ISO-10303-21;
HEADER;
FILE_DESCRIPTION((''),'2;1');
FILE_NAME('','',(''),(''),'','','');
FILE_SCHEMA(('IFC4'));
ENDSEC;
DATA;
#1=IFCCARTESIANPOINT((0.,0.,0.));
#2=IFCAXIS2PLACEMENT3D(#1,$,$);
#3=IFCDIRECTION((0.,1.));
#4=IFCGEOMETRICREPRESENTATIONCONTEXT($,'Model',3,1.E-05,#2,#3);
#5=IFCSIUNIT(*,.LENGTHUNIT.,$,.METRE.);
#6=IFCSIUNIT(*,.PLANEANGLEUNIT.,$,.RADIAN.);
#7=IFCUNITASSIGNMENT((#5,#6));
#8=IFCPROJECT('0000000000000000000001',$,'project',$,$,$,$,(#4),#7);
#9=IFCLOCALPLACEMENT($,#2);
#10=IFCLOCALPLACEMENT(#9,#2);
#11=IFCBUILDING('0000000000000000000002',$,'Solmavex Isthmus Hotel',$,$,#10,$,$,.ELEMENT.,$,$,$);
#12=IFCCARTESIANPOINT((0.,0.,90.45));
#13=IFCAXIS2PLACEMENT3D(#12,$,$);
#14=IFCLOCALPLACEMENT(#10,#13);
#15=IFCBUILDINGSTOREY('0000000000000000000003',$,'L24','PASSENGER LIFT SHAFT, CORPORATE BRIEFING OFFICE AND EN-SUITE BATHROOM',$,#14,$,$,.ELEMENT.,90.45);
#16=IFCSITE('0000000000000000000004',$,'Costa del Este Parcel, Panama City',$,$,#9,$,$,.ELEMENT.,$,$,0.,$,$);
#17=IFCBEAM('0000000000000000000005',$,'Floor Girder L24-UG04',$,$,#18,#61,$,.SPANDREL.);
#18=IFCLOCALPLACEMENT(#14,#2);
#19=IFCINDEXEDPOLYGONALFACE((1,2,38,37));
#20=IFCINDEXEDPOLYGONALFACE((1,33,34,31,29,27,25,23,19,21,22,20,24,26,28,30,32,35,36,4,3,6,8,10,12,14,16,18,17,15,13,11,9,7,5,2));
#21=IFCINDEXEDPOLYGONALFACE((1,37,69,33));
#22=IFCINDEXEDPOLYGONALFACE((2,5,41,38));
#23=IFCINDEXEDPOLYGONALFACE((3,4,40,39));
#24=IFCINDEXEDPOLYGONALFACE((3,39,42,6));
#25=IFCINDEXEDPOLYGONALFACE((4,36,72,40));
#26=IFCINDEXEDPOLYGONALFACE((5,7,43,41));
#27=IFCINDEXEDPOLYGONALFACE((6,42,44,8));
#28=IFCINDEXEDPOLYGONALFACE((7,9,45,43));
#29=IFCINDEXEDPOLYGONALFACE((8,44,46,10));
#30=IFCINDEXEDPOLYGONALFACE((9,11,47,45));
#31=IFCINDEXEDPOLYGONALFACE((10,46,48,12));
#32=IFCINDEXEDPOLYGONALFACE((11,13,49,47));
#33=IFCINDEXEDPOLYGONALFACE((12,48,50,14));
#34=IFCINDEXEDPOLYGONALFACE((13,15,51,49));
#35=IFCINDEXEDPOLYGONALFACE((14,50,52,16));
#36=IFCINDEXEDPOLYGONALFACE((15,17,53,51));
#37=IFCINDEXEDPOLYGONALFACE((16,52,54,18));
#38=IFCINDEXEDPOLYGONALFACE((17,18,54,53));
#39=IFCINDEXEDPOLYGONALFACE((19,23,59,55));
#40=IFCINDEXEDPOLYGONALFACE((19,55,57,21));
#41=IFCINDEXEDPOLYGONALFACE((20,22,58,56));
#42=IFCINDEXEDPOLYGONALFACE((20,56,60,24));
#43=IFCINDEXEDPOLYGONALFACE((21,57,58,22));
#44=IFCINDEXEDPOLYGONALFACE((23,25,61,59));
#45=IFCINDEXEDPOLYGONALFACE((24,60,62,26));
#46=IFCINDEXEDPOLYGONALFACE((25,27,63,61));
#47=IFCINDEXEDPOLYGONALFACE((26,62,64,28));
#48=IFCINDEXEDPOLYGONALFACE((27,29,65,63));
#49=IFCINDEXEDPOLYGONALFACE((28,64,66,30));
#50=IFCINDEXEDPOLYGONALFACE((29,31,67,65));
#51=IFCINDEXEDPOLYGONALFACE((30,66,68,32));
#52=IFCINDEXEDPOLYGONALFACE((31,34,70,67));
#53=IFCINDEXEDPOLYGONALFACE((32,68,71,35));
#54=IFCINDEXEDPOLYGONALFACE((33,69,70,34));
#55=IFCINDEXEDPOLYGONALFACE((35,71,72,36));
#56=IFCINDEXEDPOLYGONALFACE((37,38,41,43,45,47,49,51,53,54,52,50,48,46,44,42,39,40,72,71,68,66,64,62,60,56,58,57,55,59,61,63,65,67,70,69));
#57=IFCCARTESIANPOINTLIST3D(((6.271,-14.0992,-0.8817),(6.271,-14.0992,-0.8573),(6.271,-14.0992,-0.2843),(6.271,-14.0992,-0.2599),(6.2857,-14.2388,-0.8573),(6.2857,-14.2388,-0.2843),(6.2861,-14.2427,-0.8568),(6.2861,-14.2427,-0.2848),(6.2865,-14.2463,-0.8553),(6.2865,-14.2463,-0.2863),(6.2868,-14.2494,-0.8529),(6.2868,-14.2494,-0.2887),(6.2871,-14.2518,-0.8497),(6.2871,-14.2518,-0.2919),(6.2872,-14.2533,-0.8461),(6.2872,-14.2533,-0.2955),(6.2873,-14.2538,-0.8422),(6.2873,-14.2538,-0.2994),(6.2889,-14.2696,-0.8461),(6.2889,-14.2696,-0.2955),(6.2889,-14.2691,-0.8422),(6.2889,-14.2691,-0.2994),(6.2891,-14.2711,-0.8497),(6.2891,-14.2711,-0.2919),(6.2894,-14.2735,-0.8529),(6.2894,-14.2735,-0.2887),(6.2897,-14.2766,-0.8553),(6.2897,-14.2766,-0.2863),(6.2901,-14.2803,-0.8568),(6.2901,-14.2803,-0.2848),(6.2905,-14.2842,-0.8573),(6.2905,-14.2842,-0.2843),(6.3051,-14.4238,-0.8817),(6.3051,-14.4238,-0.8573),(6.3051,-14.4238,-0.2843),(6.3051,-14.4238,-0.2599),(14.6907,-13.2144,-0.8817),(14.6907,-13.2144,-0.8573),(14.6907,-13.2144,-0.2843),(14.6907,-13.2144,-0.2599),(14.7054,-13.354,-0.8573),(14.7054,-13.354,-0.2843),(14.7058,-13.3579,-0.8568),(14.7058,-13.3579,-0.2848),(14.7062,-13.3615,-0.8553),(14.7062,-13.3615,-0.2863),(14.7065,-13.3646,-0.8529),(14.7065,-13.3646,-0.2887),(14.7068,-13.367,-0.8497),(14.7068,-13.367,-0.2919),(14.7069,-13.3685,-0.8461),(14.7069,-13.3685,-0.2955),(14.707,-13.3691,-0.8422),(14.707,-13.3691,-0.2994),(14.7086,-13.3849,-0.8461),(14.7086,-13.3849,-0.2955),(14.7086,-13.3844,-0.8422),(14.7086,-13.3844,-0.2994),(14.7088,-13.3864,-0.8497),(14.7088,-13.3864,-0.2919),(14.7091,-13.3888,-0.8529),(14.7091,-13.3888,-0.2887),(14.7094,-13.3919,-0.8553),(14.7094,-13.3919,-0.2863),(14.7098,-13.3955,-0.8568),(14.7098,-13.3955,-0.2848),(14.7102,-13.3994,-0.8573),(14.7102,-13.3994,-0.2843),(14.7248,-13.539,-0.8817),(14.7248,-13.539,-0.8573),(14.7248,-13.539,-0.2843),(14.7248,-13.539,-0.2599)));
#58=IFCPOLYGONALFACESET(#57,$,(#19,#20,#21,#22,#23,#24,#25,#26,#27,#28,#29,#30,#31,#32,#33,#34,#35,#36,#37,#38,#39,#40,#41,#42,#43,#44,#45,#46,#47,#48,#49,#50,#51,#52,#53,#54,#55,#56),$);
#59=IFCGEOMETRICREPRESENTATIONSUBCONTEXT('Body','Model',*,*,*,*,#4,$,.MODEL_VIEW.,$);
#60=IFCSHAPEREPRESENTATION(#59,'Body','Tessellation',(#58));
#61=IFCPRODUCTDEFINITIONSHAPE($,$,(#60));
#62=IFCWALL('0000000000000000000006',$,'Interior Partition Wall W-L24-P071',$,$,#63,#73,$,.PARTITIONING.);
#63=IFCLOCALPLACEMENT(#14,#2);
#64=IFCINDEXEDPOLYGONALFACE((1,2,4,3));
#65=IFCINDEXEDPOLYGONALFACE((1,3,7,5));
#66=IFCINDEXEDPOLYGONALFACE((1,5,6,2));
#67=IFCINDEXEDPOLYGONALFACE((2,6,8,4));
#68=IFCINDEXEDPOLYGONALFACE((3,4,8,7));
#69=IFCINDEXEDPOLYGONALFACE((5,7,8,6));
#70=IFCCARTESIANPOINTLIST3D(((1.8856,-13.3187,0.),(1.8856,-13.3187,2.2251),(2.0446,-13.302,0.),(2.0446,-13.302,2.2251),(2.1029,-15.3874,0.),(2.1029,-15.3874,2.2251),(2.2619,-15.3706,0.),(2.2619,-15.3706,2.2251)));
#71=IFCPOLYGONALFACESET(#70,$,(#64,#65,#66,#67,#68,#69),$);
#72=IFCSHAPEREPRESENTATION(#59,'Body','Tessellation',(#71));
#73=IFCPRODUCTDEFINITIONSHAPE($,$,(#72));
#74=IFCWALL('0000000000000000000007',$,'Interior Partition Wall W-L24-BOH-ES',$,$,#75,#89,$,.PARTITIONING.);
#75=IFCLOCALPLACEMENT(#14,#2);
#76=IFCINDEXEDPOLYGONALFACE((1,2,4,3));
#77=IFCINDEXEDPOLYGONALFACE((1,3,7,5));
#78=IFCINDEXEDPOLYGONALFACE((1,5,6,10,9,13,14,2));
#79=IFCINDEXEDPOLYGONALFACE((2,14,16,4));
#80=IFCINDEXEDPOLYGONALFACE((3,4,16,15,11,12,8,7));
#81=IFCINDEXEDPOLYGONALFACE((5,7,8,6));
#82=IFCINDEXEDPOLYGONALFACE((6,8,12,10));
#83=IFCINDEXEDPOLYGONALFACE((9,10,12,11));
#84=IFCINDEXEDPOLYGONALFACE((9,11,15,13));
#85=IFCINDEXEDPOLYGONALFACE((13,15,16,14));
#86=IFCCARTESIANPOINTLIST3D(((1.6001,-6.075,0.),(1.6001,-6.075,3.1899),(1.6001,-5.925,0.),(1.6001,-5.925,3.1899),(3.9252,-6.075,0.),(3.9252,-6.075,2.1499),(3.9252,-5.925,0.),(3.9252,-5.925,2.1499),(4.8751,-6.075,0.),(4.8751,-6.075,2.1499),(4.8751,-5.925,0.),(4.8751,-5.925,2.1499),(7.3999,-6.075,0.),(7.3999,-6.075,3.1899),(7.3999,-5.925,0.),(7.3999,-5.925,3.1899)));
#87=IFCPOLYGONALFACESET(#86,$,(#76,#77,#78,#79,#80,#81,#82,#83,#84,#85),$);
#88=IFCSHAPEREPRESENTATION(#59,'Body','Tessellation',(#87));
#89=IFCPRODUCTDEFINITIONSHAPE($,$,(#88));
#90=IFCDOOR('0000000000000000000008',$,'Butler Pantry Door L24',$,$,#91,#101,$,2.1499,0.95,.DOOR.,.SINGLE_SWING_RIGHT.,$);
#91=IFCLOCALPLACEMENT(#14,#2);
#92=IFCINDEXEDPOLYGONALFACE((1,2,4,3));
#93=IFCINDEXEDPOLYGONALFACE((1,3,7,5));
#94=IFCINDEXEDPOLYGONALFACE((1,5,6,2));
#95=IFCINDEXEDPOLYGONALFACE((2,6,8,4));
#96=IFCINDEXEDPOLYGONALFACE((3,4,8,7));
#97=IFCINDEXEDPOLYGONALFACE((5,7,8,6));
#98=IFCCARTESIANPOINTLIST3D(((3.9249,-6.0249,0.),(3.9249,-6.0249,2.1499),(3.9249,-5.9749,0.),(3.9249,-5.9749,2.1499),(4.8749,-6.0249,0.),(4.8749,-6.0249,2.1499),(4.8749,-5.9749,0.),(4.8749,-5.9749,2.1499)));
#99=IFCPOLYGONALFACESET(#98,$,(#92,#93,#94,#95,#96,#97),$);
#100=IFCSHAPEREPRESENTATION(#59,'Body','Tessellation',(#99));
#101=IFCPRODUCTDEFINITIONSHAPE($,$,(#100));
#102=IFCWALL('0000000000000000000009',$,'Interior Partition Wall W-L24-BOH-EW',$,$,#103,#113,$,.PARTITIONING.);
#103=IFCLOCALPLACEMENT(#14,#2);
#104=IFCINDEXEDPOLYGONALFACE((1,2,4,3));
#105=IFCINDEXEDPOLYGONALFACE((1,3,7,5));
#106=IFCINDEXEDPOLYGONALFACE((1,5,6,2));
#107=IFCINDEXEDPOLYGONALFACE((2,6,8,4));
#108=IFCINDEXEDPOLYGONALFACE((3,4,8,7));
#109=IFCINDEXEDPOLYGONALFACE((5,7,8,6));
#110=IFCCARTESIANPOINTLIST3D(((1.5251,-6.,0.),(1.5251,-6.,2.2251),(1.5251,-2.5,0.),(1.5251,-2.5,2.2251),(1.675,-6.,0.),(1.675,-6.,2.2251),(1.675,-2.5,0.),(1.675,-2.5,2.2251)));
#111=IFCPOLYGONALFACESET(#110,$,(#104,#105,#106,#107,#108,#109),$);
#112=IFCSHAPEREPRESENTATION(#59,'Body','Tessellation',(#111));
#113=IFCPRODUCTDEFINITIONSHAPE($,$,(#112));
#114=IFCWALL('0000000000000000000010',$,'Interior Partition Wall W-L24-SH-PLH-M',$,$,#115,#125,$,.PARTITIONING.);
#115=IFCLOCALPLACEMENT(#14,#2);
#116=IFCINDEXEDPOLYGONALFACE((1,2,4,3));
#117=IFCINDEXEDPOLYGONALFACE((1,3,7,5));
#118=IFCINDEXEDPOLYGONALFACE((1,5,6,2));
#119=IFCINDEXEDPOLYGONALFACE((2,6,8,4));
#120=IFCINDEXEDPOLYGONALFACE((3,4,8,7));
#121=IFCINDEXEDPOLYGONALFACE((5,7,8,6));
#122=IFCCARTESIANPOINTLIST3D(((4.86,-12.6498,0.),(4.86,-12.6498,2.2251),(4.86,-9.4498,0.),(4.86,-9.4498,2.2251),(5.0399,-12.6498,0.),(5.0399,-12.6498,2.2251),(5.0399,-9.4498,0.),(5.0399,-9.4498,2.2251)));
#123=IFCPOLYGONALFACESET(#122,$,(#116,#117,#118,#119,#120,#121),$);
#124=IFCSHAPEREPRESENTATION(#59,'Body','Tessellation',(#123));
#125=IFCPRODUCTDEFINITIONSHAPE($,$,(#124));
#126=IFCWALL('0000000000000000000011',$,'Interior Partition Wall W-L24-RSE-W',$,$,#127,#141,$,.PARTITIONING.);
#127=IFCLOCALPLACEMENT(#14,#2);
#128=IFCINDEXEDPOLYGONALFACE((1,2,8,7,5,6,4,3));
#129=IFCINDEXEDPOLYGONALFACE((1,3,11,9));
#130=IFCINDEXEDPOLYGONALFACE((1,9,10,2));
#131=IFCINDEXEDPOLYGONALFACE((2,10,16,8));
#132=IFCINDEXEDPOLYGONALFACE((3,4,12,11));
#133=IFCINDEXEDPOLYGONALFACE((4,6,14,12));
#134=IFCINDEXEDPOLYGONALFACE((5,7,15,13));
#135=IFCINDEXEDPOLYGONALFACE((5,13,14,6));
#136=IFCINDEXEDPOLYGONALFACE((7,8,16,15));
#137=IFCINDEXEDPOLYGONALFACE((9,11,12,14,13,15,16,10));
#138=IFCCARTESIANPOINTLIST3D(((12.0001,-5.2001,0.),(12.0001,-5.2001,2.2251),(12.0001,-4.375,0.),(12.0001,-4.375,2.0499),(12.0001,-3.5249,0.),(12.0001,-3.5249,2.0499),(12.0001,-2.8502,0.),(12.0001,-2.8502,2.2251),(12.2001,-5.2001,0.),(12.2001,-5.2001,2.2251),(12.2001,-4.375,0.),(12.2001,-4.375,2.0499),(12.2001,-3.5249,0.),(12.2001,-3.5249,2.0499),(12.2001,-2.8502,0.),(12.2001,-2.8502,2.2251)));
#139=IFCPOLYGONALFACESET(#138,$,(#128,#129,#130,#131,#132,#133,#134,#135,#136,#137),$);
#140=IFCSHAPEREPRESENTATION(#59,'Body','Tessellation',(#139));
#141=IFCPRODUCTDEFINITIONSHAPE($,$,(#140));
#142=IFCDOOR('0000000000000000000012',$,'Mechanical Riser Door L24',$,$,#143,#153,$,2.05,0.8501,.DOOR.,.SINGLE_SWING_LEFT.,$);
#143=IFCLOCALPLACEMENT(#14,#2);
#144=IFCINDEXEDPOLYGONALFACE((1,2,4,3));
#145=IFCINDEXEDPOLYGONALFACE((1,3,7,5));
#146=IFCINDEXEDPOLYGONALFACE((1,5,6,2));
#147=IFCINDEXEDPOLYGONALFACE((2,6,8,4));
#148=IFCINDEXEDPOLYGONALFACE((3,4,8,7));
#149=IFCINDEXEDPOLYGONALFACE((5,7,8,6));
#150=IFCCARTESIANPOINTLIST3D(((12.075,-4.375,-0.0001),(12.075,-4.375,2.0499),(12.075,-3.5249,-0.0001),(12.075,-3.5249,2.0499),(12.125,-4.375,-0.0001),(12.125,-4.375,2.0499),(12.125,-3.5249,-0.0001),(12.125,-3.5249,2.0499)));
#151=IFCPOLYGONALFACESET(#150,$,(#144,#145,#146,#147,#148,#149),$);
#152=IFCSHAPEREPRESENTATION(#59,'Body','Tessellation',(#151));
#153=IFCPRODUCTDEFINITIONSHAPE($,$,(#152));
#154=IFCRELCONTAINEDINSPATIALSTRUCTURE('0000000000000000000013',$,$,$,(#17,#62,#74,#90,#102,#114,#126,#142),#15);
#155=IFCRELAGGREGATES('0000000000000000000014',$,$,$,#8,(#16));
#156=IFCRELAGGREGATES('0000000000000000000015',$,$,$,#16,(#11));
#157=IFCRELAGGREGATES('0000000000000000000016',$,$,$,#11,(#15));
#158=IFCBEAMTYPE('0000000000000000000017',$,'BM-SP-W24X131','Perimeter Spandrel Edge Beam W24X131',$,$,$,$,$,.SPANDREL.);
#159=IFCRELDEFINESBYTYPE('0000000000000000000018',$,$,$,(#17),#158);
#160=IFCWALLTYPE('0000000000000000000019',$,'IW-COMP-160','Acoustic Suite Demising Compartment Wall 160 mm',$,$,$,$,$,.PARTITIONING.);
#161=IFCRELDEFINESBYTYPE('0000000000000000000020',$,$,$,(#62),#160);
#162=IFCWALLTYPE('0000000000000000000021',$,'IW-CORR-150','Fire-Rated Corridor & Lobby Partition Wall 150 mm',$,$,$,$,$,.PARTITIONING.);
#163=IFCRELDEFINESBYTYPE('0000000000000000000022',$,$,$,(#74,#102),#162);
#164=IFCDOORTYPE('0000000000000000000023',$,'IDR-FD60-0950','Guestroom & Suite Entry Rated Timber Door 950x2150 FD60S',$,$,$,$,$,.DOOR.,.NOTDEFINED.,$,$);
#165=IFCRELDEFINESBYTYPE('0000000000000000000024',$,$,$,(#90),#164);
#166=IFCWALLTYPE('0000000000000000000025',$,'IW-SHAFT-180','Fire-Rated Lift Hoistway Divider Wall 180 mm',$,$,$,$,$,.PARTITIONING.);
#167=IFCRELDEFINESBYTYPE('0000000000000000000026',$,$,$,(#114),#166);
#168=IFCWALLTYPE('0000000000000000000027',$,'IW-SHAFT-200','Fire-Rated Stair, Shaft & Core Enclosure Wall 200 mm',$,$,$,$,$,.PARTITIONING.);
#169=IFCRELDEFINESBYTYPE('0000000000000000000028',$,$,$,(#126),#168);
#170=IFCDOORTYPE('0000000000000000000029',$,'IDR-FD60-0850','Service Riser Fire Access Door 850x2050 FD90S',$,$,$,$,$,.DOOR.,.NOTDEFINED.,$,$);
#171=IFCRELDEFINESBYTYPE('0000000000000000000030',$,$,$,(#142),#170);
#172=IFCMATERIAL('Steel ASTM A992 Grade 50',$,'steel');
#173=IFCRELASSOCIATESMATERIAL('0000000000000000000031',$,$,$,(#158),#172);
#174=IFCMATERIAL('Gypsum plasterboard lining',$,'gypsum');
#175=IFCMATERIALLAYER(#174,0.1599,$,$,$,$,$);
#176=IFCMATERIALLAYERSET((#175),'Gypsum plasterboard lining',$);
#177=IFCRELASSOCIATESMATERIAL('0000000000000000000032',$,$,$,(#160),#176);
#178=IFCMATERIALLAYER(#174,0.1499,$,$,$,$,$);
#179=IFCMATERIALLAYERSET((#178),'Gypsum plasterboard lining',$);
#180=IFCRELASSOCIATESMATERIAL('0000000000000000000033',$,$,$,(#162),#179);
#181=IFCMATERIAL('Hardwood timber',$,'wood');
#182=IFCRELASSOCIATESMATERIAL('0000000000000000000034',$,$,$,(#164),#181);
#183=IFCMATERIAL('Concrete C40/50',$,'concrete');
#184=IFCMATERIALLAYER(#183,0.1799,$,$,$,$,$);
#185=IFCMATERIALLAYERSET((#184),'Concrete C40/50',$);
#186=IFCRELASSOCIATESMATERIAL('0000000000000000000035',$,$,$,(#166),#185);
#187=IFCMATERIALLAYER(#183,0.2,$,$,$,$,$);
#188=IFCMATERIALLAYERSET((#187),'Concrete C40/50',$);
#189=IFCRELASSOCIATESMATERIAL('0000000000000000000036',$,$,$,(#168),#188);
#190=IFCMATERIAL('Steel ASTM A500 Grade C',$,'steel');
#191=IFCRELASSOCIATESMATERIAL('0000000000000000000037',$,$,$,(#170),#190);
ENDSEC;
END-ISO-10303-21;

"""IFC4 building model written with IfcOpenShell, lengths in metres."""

from ifc_helpers import new_model, si_unit, direction, frame, frame_2d, origin, origin_2d, place, context, subcontext, project, spatial, rectangle, i_section, extrude, material, layer, layer_set, material_profile, profile_set, type_object, element, fill, save


model = new_model("IFC4")

# Units and contexts
model_context = context("Model", 3, precision=1e-05, world=origin(), true_north=direction((0.0, 1.0)))
body_context = subcontext(model_context, "Body", "Model", "MODEL_VIEW")
ifc_project = project(units=[si_unit("LENGTHUNIT", "METRE"), si_unit("PLANEANGLEUNIT", "RADIAN")], contexts=[model_context])

# Site, building, storey
site_placement = place(None, origin())
site = spatial("IfcSite", under=ifc_project, at=site_placement, Name="Costa del Este Parcel, Panama City", CompositionType="ELEMENT", RefElevation=0.0)
building_placement = place(site_placement, origin())
building = spatial("IfcBuilding", under=site, at=building_placement, Name="Solmavex Isthmus Hotel", CompositionType="ELEMENT")
storey_placement = place(building_placement, frame((0.0, 0.0, 90.45)))
storey = spatial("IfcBuildingStorey", under=building, at=storey_placement, Name="L24", Description="PASSENGER LIFT SHAFT, CORPORATE BRIEFING OFFICE AND EN-SUITE BATHROOM", CompositionType="ELEMENT", Elevation=90.45)

# Beam
ifc_material_1 = material(Name="Steel ASTM A992 Grade 50", Category="steel")
ifc_material_profile_1 = material_profile(ifc_material_1, i_section(OverallWidth=0.3264, OverallDepth=0.6218, WebThickness=0.0154, FlangeThickness=0.0244, FilletRadius=0.0151, at=origin_2d()), Name="W24X131")
ifc_profile_set_1 = profile_set([ifc_material_profile_1], Name="Steel ASTM A992 Grade 50")
beam_type_1 = type_object("IfcBeamType", Name="BM-SP-W24X131", Description="Perimeter Spandrel Edge Beam W24X131", PredefinedType="SPANDREL", material=ifc_profile_set_1)
beam_1_placement = place(storey_placement, frame((6.2881, -14.2615, -0.5708), z_axis=(0.994524, 0.104508, 0.0), x_axis=(-0.104508, 0.994524, 0.0)))
element("IfcBeam", 1, at=beam_1_placement, inside=storey, type_object=beam_type_1, Name="Floor Girder L24-UG04", PredefinedType="SPANDREL", context=body_context, shape_type="SweptSolid", body=[
    extrude(i_section(OverallWidth=0.3264, OverallDepth=0.6218, WebThickness=0.0154, FlangeThickness=0.0244, FilletRadius=0.0151, at=origin_2d()), origin(), (0.0, 0.0, 1.0), 8.4661),
])

# Wall
ifc_material_2 = material(Name="Gypsum plasterboard lining", Category="gypsum")
ifc_layer_1 = layer(ifc_material_2, 0.1599)
ifc_layer_set_1 = layer_set([ifc_layer_1], Name="Gypsum plasterboard lining")
wall_type_1 = type_object("IfcWallType", Name="IW-COMP-160", Description="Acoustic Suite Demising Compartment Wall 160 mm", PredefinedType="PARTITIONING", material=ifc_layer_set_1)
wall_1_placement = place(storey_placement, frame((1.9651, -13.3103, 0.0), z_axis=(0.0, 0.0, 1.0), x_axis=(0.104465, -0.994529, 0.0)))
element("IfcWall", 2, at=wall_1_placement, inside=storey, type_object=wall_type_1, Name="Interior Partition Wall W-L24-P071", PredefinedType="PARTITIONING", context=body_context, shape_type="SweptSolid", body=[
    extrude(rectangle(XDim=2.0801, YDim=0.1599, at=frame_2d((1.04, 0.0))), origin(), (0.0, 0.0, 1.0), 2.2251),
])

# Wall, opening, door
ifc_layer_2 = layer(ifc_material_2, 0.1499)
ifc_layer_set_2 = layer_set([ifc_layer_2], Name="Gypsum plasterboard lining")
wall_type_2 = type_object("IfcWallType", Name="IW-CORR-150", Description="Fire-Rated Corridor & Lobby Partition Wall 150 mm", PredefinedType="PARTITIONING", material=ifc_layer_set_2)
wall_2_placement = place(storey_placement, frame((1.6001, -6.0, 0.0), z_axis=(0.0, 0.0, 1.0), x_axis=(1.0, 0.0, 0.0)))
wall_2 = element("IfcWall", 3, at=wall_2_placement, inside=storey, type_object=wall_type_2, Name="Interior Partition Wall W-L24-BOH-ES", PredefinedType="PARTITIONING", context=body_context, shape_type="SweptSolid", body=[
    extrude(rectangle(XDim=5.7998, YDim=0.1499, at=frame_2d((2.8999, 0.0))), origin(), (0.0, 0.0, 1.0), 3.1899),
])
opening_1_placement = place(wall_2_placement, frame((2.325, 0.0, 0.0)))
opening_1 = element("IfcOpeningElement", 4, at=opening_1_placement, cuts=wall_2, PredefinedType="OPENING", context=body_context, shape_type="SweptSolid", body=[
    extrude(rectangle(XDim=0.95, YDim=2.1499, at=frame_2d((0.4751, 1.075))), frame((0.0, 0.085, 0.0), z_axis=(0.0, -1.0, 0.0), x_axis=(1.0, 0.0, 0.0)), (0.0, 0.0, 1.0), 0.1699),
])
ifc_material_3 = material(Name="Hardwood timber", Category="wood")
door_type_1 = type_object("IfcDoorType", Name="IDR-FD60-0950", Description="Guestroom & Suite Entry Rated Timber Door 950x2150 FD60S", OperationType="NOTDEFINED", PredefinedType="DOOR", material=ifc_material_3)
door_1_placement = place(opening_1_placement, frame((0.95, 0.0, 0.0), z_axis=(0.0, 0.0, 1.0), x_axis=(-1.0, 0.0, 0.0)))
door_1 = element("IfcDoor", 5, at=door_1_placement, inside=storey, type_object=door_type_1, Name="Butler Pantry Door L24", OperationType="SINGLE_SWING_RIGHT", OverallHeight=2.1499, OverallWidth=0.95, PredefinedType="DOOR", context=body_context, shape_type="SweptSolid", body=[
    extrude(rectangle(XDim=0.95, YDim=2.1499, at=frame_2d((0.4751, 1.075))), frame((0.0, 0.0249, 0.0), z_axis=(0.0, -1.0, 0.0), x_axis=(1.0, 0.0, 0.0)), (0.0, 0.0, 1.0), 0.05),
])
fill(opening_1, door_1)

# Walls
wall_3_placement = place(storey_placement, frame((1.6001, -6.0, 0.0), z_axis=(0.0, 0.0, 1.0), x_axis=(0.0, 1.0, 0.0)))
element("IfcWall", 6, at=wall_3_placement, inside=storey, type_object=wall_type_2, Name="Interior Partition Wall W-L24-BOH-EW", PredefinedType="PARTITIONING", context=body_context, shape_type="SweptSolid", body=[
    extrude(rectangle(XDim=3.5, YDim=0.1499, at=frame_2d((1.75, 0.0))), origin(), (0.0, 0.0, 1.0), 2.2251),
])
ifc_material_4 = material(Name="Concrete C40/50", Category="concrete")
ifc_layer_3 = layer(ifc_material_4, 0.1799)
ifc_layer_set_3 = layer_set([ifc_layer_3], Name="Concrete C40/50")
wall_type_3 = type_object("IfcWallType", Name="IW-SHAFT-180", Description="Fire-Rated Lift Hoistway Divider Wall 180 mm", PredefinedType="PARTITIONING", material=ifc_layer_set_3)
wall_4_placement = place(storey_placement, frame((4.95, -12.6499, 0.0), z_axis=(0.0, 0.0, 1.0), x_axis=(0.0, 1.0, 0.0)))
element("IfcWall", 7, at=wall_4_placement, inside=storey, type_object=wall_type_3, Name="Interior Partition Wall W-L24-SH-PLH-M", PredefinedType="PARTITIONING", context=body_context, shape_type="SweptSolid", body=[
    extrude(rectangle(XDim=3.2, YDim=0.1799, at=frame_2d((1.6001, 0.0))), origin(), (0.0, 0.0, 1.0), 2.2251),
])

# Wall, opening, door
ifc_layer_4 = layer(ifc_material_4, 0.2)
ifc_layer_set_4 = layer_set([ifc_layer_4], Name="Concrete C40/50")
wall_type_4 = type_object("IfcWallType", Name="IW-SHAFT-200", Description="Fire-Rated Stair, Shaft & Core Enclosure Wall 200 mm", PredefinedType="PARTITIONING", material=ifc_layer_set_4)
wall_5_placement = place(storey_placement, frame((12.1001, -5.2, 0.0), z_axis=(0.0, 0.0, 1.0), x_axis=(0.0, 1.0, 0.0)))
wall_5 = element("IfcWall", 8, at=wall_5_placement, inside=storey, type_object=wall_type_4, Name="Interior Partition Wall W-L24-RSE-W", PredefinedType="PARTITIONING", context=body_context, shape_type="SweptSolid", body=[
    extrude(rectangle(XDim=2.3499, YDim=0.2, at=frame_2d((1.1748, 0.0))), origin(), (0.0, 0.0, 1.0), 2.2251),
])
opening_2_placement = place(wall_5_placement, frame((0.825, 0.0, 0.0)))
opening_2 = element("IfcOpeningElement", 9, at=opening_2_placement, cuts=wall_5, PredefinedType="OPENING", context=body_context, shape_type="SweptSolid", body=[
    extrude(rectangle(XDim=0.8501, YDim=2.05, at=frame_2d((0.425, 1.0249))), frame((0.0, 0.1099, 0.0), z_axis=(0.0, -1.0, 0.0), x_axis=(1.0, 0.0, 0.0)), (0.0, 0.0, 1.0), 0.22),
])
ifc_material_5 = material(Name="Steel ASTM A500 Grade C", Category="steel")
door_type_2 = type_object("IfcDoorType", Name="IDR-FD60-0850", Description="Service Riser Fire Access Door 850x2050 FD90S", OperationType="NOTDEFINED", PredefinedType="DOOR", material=ifc_material_5)
door_2_placement = place(opening_2_placement, frame((0.8501, 0.0, 0.0), z_axis=(0.0, 0.0, 1.0), x_axis=(-1.0, 0.0, 0.0)))
door_2 = element("IfcDoor", 10, at=door_2_placement, inside=storey, type_object=door_type_2, Name="Mechanical Riser Door L24", OperationType="SINGLE_SWING_LEFT", OverallHeight=2.05, OverallWidth=0.8501, PredefinedType="DOOR", context=body_context, shape_type="SweptSolid", body=[
    extrude(rectangle(XDim=0.8501, YDim=2.05, at=frame_2d((0.425, 1.0249))), frame((0.0, 0.0249, 0.0), z_axis=(0.0, -1.0, 0.0), x_axis=(1.0, 0.0, 0.0)), (0.0, 0.0, 1.0), 0.05),
])
fill(opening_2, door_2)

save(model, "model.ifc")
